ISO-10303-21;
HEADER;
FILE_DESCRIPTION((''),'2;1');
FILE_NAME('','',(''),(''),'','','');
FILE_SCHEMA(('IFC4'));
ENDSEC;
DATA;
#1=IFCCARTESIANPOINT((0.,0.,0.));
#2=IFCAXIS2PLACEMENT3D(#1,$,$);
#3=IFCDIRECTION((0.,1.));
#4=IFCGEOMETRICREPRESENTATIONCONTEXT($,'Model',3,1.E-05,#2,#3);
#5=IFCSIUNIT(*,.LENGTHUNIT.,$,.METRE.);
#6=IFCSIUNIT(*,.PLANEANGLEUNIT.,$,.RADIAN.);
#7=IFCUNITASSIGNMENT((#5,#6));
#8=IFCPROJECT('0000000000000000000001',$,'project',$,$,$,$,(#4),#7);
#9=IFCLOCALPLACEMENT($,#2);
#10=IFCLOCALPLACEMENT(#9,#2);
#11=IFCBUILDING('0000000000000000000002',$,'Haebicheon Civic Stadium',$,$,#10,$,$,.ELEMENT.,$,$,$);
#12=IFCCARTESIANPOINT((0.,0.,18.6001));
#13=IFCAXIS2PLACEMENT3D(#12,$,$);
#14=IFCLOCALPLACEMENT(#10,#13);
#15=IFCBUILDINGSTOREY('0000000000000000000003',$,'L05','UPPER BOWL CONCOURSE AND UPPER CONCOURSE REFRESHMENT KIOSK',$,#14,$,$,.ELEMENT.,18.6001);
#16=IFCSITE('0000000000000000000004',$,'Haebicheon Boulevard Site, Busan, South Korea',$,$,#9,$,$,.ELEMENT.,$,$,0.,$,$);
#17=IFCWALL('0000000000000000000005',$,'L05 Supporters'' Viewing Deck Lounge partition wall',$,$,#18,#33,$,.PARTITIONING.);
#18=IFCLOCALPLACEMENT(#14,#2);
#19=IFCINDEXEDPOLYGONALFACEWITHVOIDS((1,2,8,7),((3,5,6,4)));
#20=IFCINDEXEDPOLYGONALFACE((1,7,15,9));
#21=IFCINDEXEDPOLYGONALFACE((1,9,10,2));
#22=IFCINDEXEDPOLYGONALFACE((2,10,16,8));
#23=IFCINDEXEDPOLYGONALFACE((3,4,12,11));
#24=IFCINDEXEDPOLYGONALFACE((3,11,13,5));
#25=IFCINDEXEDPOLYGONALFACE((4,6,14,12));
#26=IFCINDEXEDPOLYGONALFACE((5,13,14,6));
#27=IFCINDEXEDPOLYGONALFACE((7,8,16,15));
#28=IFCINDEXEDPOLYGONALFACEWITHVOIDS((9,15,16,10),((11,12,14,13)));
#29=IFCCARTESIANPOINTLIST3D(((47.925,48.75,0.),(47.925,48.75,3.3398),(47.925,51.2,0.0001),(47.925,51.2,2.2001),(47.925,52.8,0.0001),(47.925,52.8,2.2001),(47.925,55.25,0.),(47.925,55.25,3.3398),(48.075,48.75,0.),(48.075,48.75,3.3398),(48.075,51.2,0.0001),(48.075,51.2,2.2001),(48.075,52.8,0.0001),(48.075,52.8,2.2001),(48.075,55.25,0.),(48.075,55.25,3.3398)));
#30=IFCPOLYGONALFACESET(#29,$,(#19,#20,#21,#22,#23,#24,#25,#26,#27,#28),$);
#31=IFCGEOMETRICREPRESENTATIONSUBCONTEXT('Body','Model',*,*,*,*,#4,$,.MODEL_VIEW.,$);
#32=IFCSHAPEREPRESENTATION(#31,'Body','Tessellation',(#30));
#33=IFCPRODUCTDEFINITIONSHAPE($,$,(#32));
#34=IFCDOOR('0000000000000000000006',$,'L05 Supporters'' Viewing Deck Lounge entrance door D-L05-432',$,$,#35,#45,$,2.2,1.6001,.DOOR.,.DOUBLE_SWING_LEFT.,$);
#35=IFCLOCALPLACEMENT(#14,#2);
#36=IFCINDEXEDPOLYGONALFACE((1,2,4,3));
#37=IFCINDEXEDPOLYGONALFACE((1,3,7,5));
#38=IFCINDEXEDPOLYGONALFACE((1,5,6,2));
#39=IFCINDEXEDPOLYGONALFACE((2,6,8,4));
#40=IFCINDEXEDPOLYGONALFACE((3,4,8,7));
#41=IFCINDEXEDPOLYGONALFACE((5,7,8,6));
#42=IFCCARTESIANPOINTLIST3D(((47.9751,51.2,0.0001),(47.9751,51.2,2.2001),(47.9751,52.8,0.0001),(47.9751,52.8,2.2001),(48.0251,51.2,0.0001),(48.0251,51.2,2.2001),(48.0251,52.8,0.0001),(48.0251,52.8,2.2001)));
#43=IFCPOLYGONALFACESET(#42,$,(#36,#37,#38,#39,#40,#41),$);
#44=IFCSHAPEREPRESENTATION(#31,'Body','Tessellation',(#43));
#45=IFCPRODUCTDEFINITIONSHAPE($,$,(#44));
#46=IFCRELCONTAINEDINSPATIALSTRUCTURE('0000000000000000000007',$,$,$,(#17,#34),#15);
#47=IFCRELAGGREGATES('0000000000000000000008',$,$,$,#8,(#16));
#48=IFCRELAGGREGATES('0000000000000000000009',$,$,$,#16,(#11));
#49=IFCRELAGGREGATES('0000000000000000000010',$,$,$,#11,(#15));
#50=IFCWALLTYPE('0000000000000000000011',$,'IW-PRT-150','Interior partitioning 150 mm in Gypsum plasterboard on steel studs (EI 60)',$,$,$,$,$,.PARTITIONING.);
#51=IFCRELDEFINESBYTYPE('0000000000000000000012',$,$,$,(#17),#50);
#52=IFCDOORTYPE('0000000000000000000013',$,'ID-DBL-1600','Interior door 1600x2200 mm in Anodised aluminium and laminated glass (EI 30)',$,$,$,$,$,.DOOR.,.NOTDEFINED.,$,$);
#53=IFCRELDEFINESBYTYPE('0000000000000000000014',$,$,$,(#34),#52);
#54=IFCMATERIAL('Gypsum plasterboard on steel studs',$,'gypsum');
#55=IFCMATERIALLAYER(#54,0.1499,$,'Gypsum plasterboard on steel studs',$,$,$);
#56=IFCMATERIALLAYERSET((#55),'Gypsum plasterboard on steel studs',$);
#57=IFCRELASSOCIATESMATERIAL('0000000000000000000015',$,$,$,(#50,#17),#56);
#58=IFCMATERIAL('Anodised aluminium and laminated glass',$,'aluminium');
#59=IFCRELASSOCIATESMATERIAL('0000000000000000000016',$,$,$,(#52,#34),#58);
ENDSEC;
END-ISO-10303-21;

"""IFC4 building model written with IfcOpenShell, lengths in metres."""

from ifc_helpers import new_model, si_unit, direction, frame, frame_2d, origin, place, context, subcontext, project, spatial, rectangle, extrude, material, layer, layer_set, type_object, element, fill, save


model = new_model("IFC4")

# Units and contexts
model_context = context("Model", 3, precision=1e-05, world=origin(), true_north=direction((0.0, 1.0)))
body_context = subcontext(model_context, "Body", "Model", "MODEL_VIEW")
ifc_project = project(units=[si_unit("LENGTHUNIT", "METRE"), si_unit("PLANEANGLEUNIT", "RADIAN")], contexts=[model_context])

# Site, building, storey
site_placement = place(None, origin())
site = spatial("IfcSite", under=ifc_project, at=site_placement, Name="Haebicheon Boulevard Site, Busan, South Korea", CompositionType="ELEMENT", RefElevation=0.0)
building_placement = place(site_placement, origin())
building = spatial("IfcBuilding", under=site, at=building_placement, Name="Haebicheon Civic Stadium", CompositionType="ELEMENT")
storey_placement = place(building_placement, frame((0.0, 0.0, 18.6001)))
storey = spatial("IfcBuildingStorey", under=building, at=storey_placement, Name="L05", Description="UPPER BOWL CONCOURSE AND UPPER CONCOURSE REFRESHMENT KIOSK", CompositionType="ELEMENT", Elevation=18.6001)

# Wall, opening, door
ifc_material_1 = material(Name="Gypsum plasterboard on steel studs", Category="gypsum")
ifc_layer_1 = layer(ifc_material_1, 0.1499, Name="Gypsum plasterboard on steel studs")
ifc_layer_set_1 = layer_set([ifc_layer_1], Name="Gypsum plasterboard on steel studs")
wall_type_1 = type_object("IfcWallType", Name="IW-PRT-150", Description="Interior partitioning 150 mm in Gypsum plasterboard on steel studs (EI 60)", PredefinedType="PARTITIONING", material=ifc_layer_set_1)
wall_placement = place(storey_placement, frame((48.0, 48.75, 0.0), z_axis=(0.0, 0.0, 1.0), x_axis=(0.0, 1.0, 0.0)))
wall = element("IfcWall", 1, at=wall_placement, inside=storey, type_object=wall_type_1, material=ifc_layer_set_1, Name="L05 Supporters' Viewing Deck Lounge partition wall", PredefinedType="PARTITIONING", context=body_context, shape_type="SweptSolid", body=[
    extrude(rectangle(XDim=6.5, YDim=0.1499, at=frame_2d((3.25, 0.0))), origin(), (0.0, 0.0, 1.0), 3.3398),
])
opening_placement = place(wall_placement, frame((2.45, 0.0, 0.0)))
opening = element("IfcOpeningElement", 2, at=opening_placement, cuts=wall, PredefinedType="OPENING", context=body_context, shape_type="SweptSolid", body=[
    extrude(rectangle(XDim=1.6001, YDim=2.2, at=frame_2d((0.8, 1.1001))), frame((0.0, 0.085, 0.0), z_axis=(0.0, -1.0, 0.0), x_axis=(1.0, 0.0, 0.0)), (0.0, 0.0, 1.0), 0.1699),
])
ifc_material_2 = material(Name="Anodised aluminium and laminated glass", Category="aluminium")
door_type = type_object("IfcDoorType", Name="ID-DBL-1600", Description="Interior door 1600x2200 mm in Anodised aluminium and laminated glass (EI 30)", OperationType="NOTDEFINED", PredefinedType="DOOR", material=ifc_material_2)
door_placement = place(opening_placement, origin())
door = element("IfcDoor", 3, at=door_placement, inside=storey, type_object=door_type, material=ifc_material_2, Name="L05 Supporters' Viewing Deck Lounge entrance door D-L05-432", OperationType="DOUBLE_SWING_LEFT", OverallHeight=2.2, OverallWidth=1.6001, PredefinedType="DOOR", context=body_context, shape_type="SweptSolid", body=[
    extrude(rectangle(XDim=1.6001, YDim=2.2, at=frame_2d((0.8, 1.1001))), frame((0.0, 0.0249, 0.0), z_axis=(0.0, -1.0, 0.0), x_axis=(1.0, 0.0, 0.0)), (0.0, 0.0, 1.0), 0.05),
])
fill(opening, door)

save(model, "model.ifc")
